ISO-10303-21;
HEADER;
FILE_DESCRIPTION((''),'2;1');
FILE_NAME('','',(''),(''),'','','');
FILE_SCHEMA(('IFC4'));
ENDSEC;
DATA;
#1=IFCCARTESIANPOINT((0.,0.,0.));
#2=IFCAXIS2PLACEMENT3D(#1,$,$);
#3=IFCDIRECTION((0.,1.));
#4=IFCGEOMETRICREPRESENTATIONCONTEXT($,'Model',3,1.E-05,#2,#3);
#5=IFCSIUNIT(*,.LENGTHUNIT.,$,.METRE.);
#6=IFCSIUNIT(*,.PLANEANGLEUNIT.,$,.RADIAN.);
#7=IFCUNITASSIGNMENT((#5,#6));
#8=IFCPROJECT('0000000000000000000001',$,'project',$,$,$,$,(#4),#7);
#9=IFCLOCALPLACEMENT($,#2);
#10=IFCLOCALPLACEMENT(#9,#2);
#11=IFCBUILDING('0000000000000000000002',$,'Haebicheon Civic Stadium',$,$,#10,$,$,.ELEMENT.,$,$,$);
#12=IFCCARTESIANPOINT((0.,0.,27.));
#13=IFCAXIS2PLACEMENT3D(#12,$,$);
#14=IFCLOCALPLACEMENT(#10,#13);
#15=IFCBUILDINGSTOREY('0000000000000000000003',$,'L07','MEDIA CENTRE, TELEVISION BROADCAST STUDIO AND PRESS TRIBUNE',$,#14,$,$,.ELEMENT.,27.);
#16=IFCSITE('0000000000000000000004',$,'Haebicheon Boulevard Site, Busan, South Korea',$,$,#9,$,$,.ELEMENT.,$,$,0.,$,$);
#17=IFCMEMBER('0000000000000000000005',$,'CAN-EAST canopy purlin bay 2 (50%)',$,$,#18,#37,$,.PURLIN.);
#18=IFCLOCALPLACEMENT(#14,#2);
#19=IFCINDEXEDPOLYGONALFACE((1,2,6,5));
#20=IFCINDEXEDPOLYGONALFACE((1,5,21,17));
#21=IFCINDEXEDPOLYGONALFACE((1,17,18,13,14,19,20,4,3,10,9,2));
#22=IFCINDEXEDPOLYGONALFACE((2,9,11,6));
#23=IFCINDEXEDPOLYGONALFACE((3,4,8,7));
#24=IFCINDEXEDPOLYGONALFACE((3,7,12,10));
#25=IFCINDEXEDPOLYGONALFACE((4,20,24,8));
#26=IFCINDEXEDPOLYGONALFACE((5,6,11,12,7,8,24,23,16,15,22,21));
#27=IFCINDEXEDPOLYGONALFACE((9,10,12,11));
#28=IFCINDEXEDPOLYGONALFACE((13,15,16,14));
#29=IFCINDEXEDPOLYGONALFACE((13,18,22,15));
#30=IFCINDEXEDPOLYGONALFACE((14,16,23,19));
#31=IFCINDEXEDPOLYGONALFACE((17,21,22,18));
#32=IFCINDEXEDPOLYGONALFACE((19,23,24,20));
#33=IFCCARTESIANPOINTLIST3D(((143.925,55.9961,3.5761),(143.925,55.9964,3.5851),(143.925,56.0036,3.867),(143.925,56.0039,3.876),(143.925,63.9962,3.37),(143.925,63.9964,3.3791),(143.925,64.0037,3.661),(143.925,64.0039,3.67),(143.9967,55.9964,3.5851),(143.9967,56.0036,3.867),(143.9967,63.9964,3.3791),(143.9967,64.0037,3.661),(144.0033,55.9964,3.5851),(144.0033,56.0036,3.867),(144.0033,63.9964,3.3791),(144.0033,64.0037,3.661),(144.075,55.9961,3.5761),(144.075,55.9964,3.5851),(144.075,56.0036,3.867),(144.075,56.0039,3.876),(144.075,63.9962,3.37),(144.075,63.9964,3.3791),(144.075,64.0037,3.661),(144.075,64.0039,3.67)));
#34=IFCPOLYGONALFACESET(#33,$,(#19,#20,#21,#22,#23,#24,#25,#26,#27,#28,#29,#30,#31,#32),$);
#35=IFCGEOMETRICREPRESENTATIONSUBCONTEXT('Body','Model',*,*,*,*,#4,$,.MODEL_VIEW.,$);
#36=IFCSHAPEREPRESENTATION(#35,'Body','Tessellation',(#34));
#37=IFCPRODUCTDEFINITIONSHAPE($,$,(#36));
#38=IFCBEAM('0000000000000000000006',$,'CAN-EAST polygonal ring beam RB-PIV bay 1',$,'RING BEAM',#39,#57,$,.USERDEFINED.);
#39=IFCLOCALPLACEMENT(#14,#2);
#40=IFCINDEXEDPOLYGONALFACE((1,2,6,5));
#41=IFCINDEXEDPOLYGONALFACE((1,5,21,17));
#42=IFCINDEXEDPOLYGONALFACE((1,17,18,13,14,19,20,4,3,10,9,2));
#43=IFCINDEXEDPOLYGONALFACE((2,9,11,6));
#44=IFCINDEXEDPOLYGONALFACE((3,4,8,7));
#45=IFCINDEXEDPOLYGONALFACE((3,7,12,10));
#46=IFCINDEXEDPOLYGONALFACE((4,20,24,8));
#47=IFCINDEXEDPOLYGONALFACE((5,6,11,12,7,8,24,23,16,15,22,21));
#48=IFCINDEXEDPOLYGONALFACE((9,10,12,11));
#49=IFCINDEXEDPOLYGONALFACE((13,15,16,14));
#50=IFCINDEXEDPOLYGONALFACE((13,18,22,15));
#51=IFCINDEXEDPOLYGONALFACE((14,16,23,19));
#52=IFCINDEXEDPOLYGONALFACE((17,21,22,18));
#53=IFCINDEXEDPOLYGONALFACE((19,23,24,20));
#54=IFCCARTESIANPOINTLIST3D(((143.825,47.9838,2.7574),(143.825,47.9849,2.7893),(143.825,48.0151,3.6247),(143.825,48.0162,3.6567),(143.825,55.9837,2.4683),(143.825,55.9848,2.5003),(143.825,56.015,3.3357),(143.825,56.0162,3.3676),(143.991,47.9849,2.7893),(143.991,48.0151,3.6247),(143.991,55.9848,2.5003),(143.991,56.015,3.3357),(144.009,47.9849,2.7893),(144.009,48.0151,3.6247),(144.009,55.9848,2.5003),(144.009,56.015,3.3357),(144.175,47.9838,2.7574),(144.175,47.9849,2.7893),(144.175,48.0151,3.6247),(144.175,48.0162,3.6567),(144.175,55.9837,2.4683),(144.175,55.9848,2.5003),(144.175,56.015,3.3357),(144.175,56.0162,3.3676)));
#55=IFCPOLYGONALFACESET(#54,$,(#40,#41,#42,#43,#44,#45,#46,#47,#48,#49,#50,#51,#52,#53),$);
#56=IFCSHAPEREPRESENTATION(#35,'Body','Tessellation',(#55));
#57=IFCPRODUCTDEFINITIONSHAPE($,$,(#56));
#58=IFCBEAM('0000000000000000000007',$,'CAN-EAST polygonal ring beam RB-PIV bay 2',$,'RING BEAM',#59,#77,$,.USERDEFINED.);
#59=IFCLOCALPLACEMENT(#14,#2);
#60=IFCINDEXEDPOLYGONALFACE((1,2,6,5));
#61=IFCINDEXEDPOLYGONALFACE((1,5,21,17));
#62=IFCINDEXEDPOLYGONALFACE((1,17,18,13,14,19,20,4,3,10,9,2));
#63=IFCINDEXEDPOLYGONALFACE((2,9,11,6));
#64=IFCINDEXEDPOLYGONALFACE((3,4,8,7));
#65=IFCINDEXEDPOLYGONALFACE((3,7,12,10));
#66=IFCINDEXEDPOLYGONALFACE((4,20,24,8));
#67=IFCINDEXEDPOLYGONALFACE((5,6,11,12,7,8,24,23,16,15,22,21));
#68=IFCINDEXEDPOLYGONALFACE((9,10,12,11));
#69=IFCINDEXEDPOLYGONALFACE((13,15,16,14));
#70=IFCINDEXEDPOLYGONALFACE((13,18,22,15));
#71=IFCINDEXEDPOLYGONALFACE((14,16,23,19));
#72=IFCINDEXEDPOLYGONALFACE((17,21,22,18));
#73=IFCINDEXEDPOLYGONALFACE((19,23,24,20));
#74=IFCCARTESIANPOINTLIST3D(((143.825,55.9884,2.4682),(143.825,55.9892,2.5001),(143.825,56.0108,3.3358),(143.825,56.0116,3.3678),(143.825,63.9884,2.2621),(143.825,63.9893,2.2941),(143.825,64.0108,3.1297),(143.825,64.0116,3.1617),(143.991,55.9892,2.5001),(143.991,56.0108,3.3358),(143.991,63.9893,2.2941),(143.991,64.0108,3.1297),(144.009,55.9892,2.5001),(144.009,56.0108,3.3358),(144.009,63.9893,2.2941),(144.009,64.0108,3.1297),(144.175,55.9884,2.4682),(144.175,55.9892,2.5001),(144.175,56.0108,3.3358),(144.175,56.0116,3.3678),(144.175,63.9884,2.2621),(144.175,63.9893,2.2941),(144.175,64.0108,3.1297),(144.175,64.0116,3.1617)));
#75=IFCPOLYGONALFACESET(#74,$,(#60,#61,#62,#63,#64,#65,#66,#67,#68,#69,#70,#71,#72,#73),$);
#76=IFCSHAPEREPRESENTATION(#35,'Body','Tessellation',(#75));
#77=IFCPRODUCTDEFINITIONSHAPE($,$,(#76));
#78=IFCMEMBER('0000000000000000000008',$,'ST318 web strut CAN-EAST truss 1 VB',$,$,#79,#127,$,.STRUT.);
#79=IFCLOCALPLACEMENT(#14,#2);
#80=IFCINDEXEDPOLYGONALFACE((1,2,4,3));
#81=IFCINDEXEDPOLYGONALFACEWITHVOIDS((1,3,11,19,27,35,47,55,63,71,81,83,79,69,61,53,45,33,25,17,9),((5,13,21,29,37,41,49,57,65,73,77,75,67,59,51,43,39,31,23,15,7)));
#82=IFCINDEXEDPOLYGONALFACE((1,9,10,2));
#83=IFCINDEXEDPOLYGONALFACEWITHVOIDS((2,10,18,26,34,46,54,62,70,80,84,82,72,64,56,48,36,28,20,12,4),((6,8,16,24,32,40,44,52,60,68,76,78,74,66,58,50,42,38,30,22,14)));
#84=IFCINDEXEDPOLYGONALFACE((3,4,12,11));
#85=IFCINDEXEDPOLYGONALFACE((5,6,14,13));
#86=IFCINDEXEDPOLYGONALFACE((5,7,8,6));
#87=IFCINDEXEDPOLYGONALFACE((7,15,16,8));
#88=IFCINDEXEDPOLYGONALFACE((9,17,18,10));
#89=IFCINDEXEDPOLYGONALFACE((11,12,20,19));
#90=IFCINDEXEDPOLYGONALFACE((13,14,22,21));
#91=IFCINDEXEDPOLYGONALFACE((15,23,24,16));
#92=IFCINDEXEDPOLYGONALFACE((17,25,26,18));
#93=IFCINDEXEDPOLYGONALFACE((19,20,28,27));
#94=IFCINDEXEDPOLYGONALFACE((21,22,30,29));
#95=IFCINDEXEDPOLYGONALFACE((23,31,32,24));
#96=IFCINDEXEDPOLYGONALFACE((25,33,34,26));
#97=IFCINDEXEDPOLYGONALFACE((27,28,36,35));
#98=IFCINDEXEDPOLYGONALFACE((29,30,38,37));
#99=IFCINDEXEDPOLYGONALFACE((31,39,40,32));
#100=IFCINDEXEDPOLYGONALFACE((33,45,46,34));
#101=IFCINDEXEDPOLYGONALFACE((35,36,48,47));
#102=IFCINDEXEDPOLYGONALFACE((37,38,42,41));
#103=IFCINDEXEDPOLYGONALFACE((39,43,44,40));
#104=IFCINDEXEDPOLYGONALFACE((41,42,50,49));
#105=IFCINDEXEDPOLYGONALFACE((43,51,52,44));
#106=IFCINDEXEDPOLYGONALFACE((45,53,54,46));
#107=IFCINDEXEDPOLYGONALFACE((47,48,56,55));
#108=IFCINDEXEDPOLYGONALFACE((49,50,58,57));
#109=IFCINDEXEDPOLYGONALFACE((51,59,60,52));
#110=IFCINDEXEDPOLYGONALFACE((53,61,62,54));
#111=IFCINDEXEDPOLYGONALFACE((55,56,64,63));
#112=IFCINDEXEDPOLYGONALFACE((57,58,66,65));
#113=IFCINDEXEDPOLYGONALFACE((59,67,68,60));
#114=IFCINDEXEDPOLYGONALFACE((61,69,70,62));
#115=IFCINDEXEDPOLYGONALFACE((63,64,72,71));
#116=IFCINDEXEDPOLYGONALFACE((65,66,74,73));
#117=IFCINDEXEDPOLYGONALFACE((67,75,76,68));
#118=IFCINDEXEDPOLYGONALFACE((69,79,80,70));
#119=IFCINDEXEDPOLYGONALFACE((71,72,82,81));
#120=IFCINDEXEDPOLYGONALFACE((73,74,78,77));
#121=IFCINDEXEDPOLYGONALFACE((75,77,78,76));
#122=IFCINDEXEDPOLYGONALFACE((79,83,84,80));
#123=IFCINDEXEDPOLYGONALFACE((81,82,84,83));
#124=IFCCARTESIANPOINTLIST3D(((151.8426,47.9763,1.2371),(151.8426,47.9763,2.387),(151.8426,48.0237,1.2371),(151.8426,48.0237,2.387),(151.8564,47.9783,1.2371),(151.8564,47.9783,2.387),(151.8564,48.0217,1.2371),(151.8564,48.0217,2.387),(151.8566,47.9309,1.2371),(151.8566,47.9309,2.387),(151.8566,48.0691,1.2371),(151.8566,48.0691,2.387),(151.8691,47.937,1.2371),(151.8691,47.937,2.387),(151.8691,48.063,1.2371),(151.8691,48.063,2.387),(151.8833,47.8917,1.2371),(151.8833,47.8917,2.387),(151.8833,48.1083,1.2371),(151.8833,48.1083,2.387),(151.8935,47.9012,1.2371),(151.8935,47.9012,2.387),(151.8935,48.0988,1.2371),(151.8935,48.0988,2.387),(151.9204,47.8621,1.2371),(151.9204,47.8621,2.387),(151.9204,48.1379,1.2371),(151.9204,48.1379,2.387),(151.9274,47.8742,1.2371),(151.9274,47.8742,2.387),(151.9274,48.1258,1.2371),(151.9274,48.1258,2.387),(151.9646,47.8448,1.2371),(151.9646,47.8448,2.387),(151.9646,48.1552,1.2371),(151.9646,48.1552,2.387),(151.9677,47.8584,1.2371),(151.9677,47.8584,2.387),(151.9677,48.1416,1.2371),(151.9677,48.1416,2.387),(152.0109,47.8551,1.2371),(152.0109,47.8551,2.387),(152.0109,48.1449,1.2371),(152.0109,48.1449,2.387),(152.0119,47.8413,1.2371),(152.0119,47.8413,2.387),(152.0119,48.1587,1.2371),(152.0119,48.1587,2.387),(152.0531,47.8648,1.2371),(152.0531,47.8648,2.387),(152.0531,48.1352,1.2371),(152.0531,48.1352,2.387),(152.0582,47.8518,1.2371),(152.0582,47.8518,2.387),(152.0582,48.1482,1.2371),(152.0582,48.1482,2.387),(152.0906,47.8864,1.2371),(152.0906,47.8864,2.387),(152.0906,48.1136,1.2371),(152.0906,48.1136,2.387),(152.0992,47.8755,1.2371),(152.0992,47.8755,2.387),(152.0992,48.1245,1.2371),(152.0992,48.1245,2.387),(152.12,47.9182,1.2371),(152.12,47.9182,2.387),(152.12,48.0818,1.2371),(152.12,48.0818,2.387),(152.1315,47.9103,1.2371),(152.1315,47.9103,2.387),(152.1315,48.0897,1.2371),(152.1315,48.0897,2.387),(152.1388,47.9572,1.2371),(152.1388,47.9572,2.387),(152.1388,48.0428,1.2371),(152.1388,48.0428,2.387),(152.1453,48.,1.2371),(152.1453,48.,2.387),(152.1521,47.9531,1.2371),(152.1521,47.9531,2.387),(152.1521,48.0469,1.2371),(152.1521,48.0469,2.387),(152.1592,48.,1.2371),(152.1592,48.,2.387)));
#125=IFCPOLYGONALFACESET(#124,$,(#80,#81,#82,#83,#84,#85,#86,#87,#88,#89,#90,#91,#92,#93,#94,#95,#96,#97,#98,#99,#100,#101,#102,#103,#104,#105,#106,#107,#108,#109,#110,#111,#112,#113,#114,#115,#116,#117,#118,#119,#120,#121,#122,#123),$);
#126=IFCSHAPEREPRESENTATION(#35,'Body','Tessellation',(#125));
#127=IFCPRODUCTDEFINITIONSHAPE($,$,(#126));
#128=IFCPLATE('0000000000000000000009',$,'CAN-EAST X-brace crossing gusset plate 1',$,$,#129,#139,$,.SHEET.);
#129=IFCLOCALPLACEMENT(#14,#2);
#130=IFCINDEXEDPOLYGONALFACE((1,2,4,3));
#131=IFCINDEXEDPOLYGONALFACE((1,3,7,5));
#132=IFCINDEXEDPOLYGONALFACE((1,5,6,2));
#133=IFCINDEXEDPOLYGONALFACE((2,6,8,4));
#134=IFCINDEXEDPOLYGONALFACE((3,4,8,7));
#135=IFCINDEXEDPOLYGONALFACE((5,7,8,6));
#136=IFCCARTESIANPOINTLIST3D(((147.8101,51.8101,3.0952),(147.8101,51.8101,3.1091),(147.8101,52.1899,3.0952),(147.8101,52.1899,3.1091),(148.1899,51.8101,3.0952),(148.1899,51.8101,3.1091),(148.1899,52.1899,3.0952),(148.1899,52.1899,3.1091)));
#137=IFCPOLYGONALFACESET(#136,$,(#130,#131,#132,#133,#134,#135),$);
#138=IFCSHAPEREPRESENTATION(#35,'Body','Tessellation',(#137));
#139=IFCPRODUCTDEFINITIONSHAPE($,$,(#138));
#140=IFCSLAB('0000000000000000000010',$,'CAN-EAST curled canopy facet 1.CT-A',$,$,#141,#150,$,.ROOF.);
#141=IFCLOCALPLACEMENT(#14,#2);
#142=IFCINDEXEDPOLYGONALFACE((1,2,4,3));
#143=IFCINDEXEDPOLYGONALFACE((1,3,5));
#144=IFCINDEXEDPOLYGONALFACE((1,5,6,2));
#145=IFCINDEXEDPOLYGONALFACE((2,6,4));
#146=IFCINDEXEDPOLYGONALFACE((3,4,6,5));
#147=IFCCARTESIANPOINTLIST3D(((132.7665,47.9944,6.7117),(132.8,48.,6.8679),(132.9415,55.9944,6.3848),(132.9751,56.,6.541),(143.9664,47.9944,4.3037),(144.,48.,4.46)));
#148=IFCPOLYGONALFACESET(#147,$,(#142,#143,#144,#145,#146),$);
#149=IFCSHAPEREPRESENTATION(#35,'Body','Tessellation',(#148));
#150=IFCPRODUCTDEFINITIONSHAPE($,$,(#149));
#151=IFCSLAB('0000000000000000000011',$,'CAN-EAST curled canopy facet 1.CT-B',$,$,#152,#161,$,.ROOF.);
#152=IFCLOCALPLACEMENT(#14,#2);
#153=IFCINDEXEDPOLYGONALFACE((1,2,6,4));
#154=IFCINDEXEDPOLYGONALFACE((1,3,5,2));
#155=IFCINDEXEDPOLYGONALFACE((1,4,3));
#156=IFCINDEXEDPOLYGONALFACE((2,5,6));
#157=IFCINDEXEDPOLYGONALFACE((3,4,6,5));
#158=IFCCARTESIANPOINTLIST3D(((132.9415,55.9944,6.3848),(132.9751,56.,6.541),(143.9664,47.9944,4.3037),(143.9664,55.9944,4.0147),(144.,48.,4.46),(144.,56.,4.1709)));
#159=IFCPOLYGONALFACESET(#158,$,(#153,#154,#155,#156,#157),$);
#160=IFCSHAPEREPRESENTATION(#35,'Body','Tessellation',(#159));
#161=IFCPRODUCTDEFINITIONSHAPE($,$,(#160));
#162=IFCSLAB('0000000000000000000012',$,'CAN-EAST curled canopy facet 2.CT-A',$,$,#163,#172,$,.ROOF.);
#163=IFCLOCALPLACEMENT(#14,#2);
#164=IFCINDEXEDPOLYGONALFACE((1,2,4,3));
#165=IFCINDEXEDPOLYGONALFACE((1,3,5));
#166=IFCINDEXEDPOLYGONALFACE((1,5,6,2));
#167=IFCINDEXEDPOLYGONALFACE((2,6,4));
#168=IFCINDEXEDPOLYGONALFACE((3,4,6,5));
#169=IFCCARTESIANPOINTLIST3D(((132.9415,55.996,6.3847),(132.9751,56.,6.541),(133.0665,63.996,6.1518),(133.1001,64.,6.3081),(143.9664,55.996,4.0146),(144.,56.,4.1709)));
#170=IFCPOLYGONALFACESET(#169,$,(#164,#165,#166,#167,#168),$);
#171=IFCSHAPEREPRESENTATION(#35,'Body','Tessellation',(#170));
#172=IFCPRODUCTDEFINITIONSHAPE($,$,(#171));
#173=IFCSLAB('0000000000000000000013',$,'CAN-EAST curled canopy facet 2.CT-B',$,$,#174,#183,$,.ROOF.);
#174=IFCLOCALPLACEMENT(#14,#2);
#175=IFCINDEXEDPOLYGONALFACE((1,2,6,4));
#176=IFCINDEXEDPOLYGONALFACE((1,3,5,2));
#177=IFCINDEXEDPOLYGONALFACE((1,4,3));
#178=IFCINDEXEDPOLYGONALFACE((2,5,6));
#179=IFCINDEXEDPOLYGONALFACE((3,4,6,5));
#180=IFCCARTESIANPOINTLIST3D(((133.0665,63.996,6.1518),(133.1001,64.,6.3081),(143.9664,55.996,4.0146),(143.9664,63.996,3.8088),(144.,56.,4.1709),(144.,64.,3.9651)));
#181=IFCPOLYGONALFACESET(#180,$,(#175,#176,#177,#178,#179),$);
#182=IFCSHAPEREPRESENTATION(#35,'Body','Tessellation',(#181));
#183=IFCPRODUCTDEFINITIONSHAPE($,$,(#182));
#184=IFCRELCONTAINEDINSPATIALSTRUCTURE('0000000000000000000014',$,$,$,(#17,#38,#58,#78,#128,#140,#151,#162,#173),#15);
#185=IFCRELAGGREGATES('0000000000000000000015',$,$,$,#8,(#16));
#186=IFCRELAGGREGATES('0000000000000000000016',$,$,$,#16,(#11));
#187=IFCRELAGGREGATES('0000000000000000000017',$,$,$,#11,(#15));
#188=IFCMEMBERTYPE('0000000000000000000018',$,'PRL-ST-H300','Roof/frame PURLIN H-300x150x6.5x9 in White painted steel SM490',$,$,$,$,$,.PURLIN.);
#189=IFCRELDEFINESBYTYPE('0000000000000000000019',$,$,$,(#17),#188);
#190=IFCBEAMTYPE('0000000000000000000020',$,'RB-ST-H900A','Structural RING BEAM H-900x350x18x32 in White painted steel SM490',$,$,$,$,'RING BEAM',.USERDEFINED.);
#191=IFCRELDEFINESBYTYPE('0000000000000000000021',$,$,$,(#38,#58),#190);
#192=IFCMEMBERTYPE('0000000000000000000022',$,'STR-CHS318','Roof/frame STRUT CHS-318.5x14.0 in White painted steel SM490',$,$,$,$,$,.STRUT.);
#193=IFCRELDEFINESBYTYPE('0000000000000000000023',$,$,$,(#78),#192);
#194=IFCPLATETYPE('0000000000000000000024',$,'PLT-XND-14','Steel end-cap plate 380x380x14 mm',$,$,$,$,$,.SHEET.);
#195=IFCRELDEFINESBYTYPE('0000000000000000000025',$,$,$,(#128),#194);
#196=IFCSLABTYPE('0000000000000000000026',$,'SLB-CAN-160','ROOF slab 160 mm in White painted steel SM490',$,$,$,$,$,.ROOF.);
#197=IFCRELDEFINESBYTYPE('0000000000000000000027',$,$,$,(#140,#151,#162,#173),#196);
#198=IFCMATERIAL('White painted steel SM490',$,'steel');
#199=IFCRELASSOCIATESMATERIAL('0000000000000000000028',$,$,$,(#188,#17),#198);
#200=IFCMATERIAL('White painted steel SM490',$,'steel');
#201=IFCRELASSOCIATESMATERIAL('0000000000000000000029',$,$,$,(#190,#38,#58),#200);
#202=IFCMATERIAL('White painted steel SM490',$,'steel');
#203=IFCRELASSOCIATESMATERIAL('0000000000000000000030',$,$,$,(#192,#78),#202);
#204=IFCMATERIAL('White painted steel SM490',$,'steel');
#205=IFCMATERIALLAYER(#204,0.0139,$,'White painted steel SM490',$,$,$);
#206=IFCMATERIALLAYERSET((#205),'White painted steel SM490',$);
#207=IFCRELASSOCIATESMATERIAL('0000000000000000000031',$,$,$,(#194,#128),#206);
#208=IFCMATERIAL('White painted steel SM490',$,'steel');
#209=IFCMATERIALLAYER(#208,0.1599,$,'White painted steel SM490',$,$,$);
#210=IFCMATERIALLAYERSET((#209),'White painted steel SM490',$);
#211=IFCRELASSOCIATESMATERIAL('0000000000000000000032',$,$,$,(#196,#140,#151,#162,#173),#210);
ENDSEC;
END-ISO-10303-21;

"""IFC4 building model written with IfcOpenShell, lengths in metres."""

from ifc_helpers import new_model, si_unit, direction, frame, origin, origin_2d, place, context, subcontext, project, spatial, polyline, rectangle, hollow_circle, i_section, outline, extrude, material, layer, layer_set, material_profile, profile_set, type_object, element, save


model = new_model("IFC4")

# Units and contexts
model_context = context("Model", 3, precision=1e-05, world=origin(), true_north=direction((0.0, 1.0)))
body_context = subcontext(model_context, "Body", "Model", "MODEL_VIEW")
ifc_project = project(units=[si_unit("LENGTHUNIT", "METRE"), si_unit("PLANEANGLEUNIT", "RADIAN")], contexts=[model_context])

# Site, building, storey
site_placement = place(None, origin())
site = spatial("IfcSite", under=ifc_project, at=site_placement, Name="Haebicheon Boulevard Site, Busan, South Korea", CompositionType="ELEMENT", RefElevation=0.0)
building_placement = place(site_placement, origin())
building = spatial("IfcBuilding", under=site, at=building_placement, Name="Haebicheon Civic Stadium", CompositionType="ELEMENT")
storey_placement = place(building_placement, frame((0.0, 0.0, 27.0)))
storey = spatial("IfcBuildingStorey", under=building, at=storey_placement, Name="L07", Description="MEDIA CENTRE, TELEVISION BROADCAST STUDIO AND PRESS TRIBUNE", CompositionType="ELEMENT", Elevation=27.0)

# Member
ifc_material_1 = material(Name="White painted steel SM490", Category="steel")
ifc_material_profile_1 = material_profile(ifc_material_1, i_section(OverallWidth=0.1499, OverallDepth=0.3, WebThickness=0.0066, FlangeThickness=0.009, at=origin_2d()), Name="H-300x150x6.5x9")
ifc_profile_set_1 = profile_set([ifc_material_profile_1], Name="White painted steel SM490")
member_type_1 = type_object("IfcMemberType", Name="PRL-ST-H300", Description="Roof/frame PURLIN H-300x150x6.5x9 in White painted steel SM490", PredefinedType="PURLIN", material=ifc_profile_set_1)
member_1_placement = place(storey_placement, frame((144.0, 56.0, 3.7261), z_axis=(0.0, 0.999668, -0.025748), x_axis=(-1.0, 0.0, 0.0)))
element("IfcMember", 1, at=member_1_placement, inside=storey, type_object=member_type_1, material=ifc_profile_set_1, Name="CAN-EAST canopy purlin bay 2 (50%)", PredefinedType="PURLIN", context=body_context, shape_type="SweptSolid", body=[
    extrude(i_section(OverallWidth=0.1499, OverallDepth=0.3, WebThickness=0.0066, FlangeThickness=0.009, at=origin_2d()), origin(), (0.0, 0.0, 1.0), 8.0027),
])

# Beams
ifc_material_2 = material(Name="White painted steel SM490", Category="steel")
ifc_material_profile_2 = material_profile(ifc_material_2, i_section(OverallWidth=0.3501, OverallDepth=0.8999, WebThickness=0.0181, FlangeThickness=0.032, at=origin_2d()), Name="H-900x350x18x32")
ifc_profile_set_2 = profile_set([ifc_material_profile_2], Name="White painted steel SM490")
beam_type = type_object("IfcBeamType", Name="RB-ST-H900A", Description="Structural RING BEAM H-900x350x18x32 in White painted steel SM490", ElementType="RING BEAM", PredefinedType="USERDEFINED", material=ifc_profile_set_2)
beam_1_placement = place(storey_placement, frame((144.0, 48.0, 3.207), z_axis=(0.0, 0.999348, -0.036109), x_axis=(-1.0, 0.0, 0.0)))
element("IfcBeam", 2, at=beam_1_placement, inside=storey, type_object=beam_type, material=ifc_profile_set_2, Name="CAN-EAST polygonal ring beam RB-PIV bay 1", ObjectType="RING BEAM", PredefinedType="USERDEFINED", context=body_context, shape_type="SweptSolid", body=[
    extrude(i_section(OverallWidth=0.3501, OverallDepth=0.8999, WebThickness=0.0181, FlangeThickness=0.032, at=origin_2d()), origin(), (0.0, 0.0, 1.0), 8.0051),
])
beam_2_placement = place(storey_placement, frame((144.0, 56.0, 2.918), z_axis=(0.0, 0.999668, -0.025748), x_axis=(-1.0, 0.0, 0.0)))
element("IfcBeam", 3, at=beam_2_placement, inside=storey, type_object=beam_type, material=ifc_profile_set_2, Name="CAN-EAST polygonal ring beam RB-PIV bay 2", ObjectType="RING BEAM", PredefinedType="USERDEFINED", context=body_context, shape_type="SweptSolid", body=[
    extrude(i_section(OverallWidth=0.3501, OverallDepth=0.8999, WebThickness=0.0181, FlangeThickness=0.032, at=origin_2d()), origin(), (0.0, 0.0, 1.0), 8.0027),
])

# Member
ifc_material_3 = material(Name="White painted steel SM490", Category="steel")
ifc_material_profile_3 = material_profile(ifc_material_3, hollow_circle(Radius=0.1592, WallThickness=0.0139, at=origin_2d()), Name="CHS-318.5x14.0")
ifc_profile_set_3 = profile_set([ifc_material_profile_3], Name="White painted steel SM490")
member_type_2 = type_object("IfcMemberType", Name="STR-CHS318", Description="Roof/frame STRUT CHS-318.5x14.0 in White painted steel SM490", PredefinedType="STRUT", material=ifc_profile_set_3)
member_2_placement = place(storey_placement, frame((152.0, 48.0, 1.2371), z_axis=(0.0, 0.0, 1.0), x_axis=(1.0, 0.0, 0.0)))
element("IfcMember", 4, at=member_2_placement, inside=storey, type_object=member_type_2, material=ifc_profile_set_3, Name="ST318 web strut CAN-EAST truss 1 VB", PredefinedType="STRUT", context=body_context, shape_type="SweptSolid", body=[
    extrude(hollow_circle(Radius=0.1592, WallThickness=0.0139, at=origin_2d()), origin(), (0.0, 0.0, 1.0), 1.1499),
])

# Plate
ifc_material_4 = material(Name="White painted steel SM490", Category="steel")
ifc_layer_1 = layer(ifc_material_4, 0.0139, Name="White painted steel SM490")
ifc_layer_set_1 = layer_set([ifc_layer_1], Name="White painted steel SM490")
plate_type = type_object("IfcPlateType", Name="PLT-XND-14", Description="Steel end-cap plate 380x380x14 mm", PredefinedType="SHEET", material=ifc_layer_set_1)
plate_placement = place(storey_placement, frame((148.0, 52.0, 3.0952), z_axis=(0.0, 0.0, 1.0), x_axis=(1.0, 0.0, 0.0)))
element("IfcPlate", 5, at=plate_placement, inside=storey, type_object=plate_type, material=ifc_layer_set_1, Name="CAN-EAST X-brace crossing gusset plate 1", PredefinedType="SHEET", context=body_context, shape_type="SweptSolid", body=[
    extrude(rectangle(XDim=0.3799, YDim=0.3799, at=origin_2d()), origin(), (0.0, 0.0, 1.0), 0.0139),
])

# Slabs
ifc_material_5 = material(Name="White painted steel SM490", Category="steel")
ifc_layer_2 = layer(ifc_material_5, 0.1599, Name="White painted steel SM490")
ifc_layer_set_2 = layer_set([ifc_layer_2], Name="White painted steel SM490")
slab_type = type_object("IfcSlabType", Name="SLB-CAN-160", Description="ROOF slab 160 mm in White painted steel SM490", PredefinedType="ROOF", material=ifc_layer_set_2)
slab_1_placement = place(storey_placement, frame((144.0, 48.0, 4.46), z_axis=(0.210063, 0.035329, 0.977049), x_axis=(-0.97766, 0.0, 0.210194)))
element("IfcSlab", 6, at=slab_1_placement, inside=storey, type_object=slab_type, material=ifc_layer_set_2, Name="CAN-EAST curled canopy facet 1.CT-A", PredefinedType="ROOF", context=body_context, shape_type="SweptSolid", body=[
    extrude(outline(polyline([(0.0, 0.0), (11.4559, 0.0), (11.216, -8.005), (0.0, 0.0)])), origin(), (0.0, 0.0, -1.0), 0.1599),
])
slab_2_placement = place(storey_placement, frame((144.0, 48.0, 4.46), z_axis=(0.210046, 0.035304, 0.977054), x_axis=(-0.800085, 0.580565, 0.151024)))
element("IfcSlab", 7, at=slab_2_placement, inside=storey, type_object=slab_type, material=ifc_layer_set_2, Name="CAN-EAST curled canopy facet 1.CT-B", PredefinedType="ROOF", context=body_context, shape_type="SweptSolid", body=[
    extrude(outline(polyline([(0.0, 0.0), (13.7797, 0.0), (4.6009, -6.551), (0.0, 0.0)])), origin(), (0.0, 0.0, -1.0), 0.1599),
])
slab_3_placement = place(storey_placement, frame((144.0, 56.0, 4.1709), z_axis=(0.21011, 0.025171, 0.977354), x_axis=(-0.977663, 0.0, 0.210177)))
element("IfcSlab", 8, at=slab_3_placement, inside=storey, type_object=slab_type, material=ifc_layer_set_2, Name="CAN-EAST curled canopy facet 2.CT-A", PredefinedType="ROOF", context=body_context, shape_type="SweptSolid", body=[
    extrude(outline(polyline([(0.0, 0.0), (11.2768, 0.0), (11.1056, -8.0025), (0.0, 0.0)])), origin(), (0.0, 0.0, -1.0), 0.1599),
])
slab_4_placement = place(storey_placement, frame((144.0, 56.0, 4.1709), z_axis=(0.210091, 0.025144, 0.977359), x_axis=(-0.796281, 0.584431, 0.156131)))
element("IfcSlab", 9, at=slab_4_placement, inside=storey, type_object=slab_type, material=ifc_layer_set_2, Name="CAN-EAST curled canopy facet 2.CT-B", PredefinedType="ROOF", context=body_context, shape_type="SweptSolid", body=[
    extrude(outline(polyline([(0.0, 0.0), (13.6885, 0.0), (4.6433, -6.5178), (0.0, 0.0)])), origin(), (0.0, 0.0, -1.0), 0.1599),
])

save(model, "model.ifc")
